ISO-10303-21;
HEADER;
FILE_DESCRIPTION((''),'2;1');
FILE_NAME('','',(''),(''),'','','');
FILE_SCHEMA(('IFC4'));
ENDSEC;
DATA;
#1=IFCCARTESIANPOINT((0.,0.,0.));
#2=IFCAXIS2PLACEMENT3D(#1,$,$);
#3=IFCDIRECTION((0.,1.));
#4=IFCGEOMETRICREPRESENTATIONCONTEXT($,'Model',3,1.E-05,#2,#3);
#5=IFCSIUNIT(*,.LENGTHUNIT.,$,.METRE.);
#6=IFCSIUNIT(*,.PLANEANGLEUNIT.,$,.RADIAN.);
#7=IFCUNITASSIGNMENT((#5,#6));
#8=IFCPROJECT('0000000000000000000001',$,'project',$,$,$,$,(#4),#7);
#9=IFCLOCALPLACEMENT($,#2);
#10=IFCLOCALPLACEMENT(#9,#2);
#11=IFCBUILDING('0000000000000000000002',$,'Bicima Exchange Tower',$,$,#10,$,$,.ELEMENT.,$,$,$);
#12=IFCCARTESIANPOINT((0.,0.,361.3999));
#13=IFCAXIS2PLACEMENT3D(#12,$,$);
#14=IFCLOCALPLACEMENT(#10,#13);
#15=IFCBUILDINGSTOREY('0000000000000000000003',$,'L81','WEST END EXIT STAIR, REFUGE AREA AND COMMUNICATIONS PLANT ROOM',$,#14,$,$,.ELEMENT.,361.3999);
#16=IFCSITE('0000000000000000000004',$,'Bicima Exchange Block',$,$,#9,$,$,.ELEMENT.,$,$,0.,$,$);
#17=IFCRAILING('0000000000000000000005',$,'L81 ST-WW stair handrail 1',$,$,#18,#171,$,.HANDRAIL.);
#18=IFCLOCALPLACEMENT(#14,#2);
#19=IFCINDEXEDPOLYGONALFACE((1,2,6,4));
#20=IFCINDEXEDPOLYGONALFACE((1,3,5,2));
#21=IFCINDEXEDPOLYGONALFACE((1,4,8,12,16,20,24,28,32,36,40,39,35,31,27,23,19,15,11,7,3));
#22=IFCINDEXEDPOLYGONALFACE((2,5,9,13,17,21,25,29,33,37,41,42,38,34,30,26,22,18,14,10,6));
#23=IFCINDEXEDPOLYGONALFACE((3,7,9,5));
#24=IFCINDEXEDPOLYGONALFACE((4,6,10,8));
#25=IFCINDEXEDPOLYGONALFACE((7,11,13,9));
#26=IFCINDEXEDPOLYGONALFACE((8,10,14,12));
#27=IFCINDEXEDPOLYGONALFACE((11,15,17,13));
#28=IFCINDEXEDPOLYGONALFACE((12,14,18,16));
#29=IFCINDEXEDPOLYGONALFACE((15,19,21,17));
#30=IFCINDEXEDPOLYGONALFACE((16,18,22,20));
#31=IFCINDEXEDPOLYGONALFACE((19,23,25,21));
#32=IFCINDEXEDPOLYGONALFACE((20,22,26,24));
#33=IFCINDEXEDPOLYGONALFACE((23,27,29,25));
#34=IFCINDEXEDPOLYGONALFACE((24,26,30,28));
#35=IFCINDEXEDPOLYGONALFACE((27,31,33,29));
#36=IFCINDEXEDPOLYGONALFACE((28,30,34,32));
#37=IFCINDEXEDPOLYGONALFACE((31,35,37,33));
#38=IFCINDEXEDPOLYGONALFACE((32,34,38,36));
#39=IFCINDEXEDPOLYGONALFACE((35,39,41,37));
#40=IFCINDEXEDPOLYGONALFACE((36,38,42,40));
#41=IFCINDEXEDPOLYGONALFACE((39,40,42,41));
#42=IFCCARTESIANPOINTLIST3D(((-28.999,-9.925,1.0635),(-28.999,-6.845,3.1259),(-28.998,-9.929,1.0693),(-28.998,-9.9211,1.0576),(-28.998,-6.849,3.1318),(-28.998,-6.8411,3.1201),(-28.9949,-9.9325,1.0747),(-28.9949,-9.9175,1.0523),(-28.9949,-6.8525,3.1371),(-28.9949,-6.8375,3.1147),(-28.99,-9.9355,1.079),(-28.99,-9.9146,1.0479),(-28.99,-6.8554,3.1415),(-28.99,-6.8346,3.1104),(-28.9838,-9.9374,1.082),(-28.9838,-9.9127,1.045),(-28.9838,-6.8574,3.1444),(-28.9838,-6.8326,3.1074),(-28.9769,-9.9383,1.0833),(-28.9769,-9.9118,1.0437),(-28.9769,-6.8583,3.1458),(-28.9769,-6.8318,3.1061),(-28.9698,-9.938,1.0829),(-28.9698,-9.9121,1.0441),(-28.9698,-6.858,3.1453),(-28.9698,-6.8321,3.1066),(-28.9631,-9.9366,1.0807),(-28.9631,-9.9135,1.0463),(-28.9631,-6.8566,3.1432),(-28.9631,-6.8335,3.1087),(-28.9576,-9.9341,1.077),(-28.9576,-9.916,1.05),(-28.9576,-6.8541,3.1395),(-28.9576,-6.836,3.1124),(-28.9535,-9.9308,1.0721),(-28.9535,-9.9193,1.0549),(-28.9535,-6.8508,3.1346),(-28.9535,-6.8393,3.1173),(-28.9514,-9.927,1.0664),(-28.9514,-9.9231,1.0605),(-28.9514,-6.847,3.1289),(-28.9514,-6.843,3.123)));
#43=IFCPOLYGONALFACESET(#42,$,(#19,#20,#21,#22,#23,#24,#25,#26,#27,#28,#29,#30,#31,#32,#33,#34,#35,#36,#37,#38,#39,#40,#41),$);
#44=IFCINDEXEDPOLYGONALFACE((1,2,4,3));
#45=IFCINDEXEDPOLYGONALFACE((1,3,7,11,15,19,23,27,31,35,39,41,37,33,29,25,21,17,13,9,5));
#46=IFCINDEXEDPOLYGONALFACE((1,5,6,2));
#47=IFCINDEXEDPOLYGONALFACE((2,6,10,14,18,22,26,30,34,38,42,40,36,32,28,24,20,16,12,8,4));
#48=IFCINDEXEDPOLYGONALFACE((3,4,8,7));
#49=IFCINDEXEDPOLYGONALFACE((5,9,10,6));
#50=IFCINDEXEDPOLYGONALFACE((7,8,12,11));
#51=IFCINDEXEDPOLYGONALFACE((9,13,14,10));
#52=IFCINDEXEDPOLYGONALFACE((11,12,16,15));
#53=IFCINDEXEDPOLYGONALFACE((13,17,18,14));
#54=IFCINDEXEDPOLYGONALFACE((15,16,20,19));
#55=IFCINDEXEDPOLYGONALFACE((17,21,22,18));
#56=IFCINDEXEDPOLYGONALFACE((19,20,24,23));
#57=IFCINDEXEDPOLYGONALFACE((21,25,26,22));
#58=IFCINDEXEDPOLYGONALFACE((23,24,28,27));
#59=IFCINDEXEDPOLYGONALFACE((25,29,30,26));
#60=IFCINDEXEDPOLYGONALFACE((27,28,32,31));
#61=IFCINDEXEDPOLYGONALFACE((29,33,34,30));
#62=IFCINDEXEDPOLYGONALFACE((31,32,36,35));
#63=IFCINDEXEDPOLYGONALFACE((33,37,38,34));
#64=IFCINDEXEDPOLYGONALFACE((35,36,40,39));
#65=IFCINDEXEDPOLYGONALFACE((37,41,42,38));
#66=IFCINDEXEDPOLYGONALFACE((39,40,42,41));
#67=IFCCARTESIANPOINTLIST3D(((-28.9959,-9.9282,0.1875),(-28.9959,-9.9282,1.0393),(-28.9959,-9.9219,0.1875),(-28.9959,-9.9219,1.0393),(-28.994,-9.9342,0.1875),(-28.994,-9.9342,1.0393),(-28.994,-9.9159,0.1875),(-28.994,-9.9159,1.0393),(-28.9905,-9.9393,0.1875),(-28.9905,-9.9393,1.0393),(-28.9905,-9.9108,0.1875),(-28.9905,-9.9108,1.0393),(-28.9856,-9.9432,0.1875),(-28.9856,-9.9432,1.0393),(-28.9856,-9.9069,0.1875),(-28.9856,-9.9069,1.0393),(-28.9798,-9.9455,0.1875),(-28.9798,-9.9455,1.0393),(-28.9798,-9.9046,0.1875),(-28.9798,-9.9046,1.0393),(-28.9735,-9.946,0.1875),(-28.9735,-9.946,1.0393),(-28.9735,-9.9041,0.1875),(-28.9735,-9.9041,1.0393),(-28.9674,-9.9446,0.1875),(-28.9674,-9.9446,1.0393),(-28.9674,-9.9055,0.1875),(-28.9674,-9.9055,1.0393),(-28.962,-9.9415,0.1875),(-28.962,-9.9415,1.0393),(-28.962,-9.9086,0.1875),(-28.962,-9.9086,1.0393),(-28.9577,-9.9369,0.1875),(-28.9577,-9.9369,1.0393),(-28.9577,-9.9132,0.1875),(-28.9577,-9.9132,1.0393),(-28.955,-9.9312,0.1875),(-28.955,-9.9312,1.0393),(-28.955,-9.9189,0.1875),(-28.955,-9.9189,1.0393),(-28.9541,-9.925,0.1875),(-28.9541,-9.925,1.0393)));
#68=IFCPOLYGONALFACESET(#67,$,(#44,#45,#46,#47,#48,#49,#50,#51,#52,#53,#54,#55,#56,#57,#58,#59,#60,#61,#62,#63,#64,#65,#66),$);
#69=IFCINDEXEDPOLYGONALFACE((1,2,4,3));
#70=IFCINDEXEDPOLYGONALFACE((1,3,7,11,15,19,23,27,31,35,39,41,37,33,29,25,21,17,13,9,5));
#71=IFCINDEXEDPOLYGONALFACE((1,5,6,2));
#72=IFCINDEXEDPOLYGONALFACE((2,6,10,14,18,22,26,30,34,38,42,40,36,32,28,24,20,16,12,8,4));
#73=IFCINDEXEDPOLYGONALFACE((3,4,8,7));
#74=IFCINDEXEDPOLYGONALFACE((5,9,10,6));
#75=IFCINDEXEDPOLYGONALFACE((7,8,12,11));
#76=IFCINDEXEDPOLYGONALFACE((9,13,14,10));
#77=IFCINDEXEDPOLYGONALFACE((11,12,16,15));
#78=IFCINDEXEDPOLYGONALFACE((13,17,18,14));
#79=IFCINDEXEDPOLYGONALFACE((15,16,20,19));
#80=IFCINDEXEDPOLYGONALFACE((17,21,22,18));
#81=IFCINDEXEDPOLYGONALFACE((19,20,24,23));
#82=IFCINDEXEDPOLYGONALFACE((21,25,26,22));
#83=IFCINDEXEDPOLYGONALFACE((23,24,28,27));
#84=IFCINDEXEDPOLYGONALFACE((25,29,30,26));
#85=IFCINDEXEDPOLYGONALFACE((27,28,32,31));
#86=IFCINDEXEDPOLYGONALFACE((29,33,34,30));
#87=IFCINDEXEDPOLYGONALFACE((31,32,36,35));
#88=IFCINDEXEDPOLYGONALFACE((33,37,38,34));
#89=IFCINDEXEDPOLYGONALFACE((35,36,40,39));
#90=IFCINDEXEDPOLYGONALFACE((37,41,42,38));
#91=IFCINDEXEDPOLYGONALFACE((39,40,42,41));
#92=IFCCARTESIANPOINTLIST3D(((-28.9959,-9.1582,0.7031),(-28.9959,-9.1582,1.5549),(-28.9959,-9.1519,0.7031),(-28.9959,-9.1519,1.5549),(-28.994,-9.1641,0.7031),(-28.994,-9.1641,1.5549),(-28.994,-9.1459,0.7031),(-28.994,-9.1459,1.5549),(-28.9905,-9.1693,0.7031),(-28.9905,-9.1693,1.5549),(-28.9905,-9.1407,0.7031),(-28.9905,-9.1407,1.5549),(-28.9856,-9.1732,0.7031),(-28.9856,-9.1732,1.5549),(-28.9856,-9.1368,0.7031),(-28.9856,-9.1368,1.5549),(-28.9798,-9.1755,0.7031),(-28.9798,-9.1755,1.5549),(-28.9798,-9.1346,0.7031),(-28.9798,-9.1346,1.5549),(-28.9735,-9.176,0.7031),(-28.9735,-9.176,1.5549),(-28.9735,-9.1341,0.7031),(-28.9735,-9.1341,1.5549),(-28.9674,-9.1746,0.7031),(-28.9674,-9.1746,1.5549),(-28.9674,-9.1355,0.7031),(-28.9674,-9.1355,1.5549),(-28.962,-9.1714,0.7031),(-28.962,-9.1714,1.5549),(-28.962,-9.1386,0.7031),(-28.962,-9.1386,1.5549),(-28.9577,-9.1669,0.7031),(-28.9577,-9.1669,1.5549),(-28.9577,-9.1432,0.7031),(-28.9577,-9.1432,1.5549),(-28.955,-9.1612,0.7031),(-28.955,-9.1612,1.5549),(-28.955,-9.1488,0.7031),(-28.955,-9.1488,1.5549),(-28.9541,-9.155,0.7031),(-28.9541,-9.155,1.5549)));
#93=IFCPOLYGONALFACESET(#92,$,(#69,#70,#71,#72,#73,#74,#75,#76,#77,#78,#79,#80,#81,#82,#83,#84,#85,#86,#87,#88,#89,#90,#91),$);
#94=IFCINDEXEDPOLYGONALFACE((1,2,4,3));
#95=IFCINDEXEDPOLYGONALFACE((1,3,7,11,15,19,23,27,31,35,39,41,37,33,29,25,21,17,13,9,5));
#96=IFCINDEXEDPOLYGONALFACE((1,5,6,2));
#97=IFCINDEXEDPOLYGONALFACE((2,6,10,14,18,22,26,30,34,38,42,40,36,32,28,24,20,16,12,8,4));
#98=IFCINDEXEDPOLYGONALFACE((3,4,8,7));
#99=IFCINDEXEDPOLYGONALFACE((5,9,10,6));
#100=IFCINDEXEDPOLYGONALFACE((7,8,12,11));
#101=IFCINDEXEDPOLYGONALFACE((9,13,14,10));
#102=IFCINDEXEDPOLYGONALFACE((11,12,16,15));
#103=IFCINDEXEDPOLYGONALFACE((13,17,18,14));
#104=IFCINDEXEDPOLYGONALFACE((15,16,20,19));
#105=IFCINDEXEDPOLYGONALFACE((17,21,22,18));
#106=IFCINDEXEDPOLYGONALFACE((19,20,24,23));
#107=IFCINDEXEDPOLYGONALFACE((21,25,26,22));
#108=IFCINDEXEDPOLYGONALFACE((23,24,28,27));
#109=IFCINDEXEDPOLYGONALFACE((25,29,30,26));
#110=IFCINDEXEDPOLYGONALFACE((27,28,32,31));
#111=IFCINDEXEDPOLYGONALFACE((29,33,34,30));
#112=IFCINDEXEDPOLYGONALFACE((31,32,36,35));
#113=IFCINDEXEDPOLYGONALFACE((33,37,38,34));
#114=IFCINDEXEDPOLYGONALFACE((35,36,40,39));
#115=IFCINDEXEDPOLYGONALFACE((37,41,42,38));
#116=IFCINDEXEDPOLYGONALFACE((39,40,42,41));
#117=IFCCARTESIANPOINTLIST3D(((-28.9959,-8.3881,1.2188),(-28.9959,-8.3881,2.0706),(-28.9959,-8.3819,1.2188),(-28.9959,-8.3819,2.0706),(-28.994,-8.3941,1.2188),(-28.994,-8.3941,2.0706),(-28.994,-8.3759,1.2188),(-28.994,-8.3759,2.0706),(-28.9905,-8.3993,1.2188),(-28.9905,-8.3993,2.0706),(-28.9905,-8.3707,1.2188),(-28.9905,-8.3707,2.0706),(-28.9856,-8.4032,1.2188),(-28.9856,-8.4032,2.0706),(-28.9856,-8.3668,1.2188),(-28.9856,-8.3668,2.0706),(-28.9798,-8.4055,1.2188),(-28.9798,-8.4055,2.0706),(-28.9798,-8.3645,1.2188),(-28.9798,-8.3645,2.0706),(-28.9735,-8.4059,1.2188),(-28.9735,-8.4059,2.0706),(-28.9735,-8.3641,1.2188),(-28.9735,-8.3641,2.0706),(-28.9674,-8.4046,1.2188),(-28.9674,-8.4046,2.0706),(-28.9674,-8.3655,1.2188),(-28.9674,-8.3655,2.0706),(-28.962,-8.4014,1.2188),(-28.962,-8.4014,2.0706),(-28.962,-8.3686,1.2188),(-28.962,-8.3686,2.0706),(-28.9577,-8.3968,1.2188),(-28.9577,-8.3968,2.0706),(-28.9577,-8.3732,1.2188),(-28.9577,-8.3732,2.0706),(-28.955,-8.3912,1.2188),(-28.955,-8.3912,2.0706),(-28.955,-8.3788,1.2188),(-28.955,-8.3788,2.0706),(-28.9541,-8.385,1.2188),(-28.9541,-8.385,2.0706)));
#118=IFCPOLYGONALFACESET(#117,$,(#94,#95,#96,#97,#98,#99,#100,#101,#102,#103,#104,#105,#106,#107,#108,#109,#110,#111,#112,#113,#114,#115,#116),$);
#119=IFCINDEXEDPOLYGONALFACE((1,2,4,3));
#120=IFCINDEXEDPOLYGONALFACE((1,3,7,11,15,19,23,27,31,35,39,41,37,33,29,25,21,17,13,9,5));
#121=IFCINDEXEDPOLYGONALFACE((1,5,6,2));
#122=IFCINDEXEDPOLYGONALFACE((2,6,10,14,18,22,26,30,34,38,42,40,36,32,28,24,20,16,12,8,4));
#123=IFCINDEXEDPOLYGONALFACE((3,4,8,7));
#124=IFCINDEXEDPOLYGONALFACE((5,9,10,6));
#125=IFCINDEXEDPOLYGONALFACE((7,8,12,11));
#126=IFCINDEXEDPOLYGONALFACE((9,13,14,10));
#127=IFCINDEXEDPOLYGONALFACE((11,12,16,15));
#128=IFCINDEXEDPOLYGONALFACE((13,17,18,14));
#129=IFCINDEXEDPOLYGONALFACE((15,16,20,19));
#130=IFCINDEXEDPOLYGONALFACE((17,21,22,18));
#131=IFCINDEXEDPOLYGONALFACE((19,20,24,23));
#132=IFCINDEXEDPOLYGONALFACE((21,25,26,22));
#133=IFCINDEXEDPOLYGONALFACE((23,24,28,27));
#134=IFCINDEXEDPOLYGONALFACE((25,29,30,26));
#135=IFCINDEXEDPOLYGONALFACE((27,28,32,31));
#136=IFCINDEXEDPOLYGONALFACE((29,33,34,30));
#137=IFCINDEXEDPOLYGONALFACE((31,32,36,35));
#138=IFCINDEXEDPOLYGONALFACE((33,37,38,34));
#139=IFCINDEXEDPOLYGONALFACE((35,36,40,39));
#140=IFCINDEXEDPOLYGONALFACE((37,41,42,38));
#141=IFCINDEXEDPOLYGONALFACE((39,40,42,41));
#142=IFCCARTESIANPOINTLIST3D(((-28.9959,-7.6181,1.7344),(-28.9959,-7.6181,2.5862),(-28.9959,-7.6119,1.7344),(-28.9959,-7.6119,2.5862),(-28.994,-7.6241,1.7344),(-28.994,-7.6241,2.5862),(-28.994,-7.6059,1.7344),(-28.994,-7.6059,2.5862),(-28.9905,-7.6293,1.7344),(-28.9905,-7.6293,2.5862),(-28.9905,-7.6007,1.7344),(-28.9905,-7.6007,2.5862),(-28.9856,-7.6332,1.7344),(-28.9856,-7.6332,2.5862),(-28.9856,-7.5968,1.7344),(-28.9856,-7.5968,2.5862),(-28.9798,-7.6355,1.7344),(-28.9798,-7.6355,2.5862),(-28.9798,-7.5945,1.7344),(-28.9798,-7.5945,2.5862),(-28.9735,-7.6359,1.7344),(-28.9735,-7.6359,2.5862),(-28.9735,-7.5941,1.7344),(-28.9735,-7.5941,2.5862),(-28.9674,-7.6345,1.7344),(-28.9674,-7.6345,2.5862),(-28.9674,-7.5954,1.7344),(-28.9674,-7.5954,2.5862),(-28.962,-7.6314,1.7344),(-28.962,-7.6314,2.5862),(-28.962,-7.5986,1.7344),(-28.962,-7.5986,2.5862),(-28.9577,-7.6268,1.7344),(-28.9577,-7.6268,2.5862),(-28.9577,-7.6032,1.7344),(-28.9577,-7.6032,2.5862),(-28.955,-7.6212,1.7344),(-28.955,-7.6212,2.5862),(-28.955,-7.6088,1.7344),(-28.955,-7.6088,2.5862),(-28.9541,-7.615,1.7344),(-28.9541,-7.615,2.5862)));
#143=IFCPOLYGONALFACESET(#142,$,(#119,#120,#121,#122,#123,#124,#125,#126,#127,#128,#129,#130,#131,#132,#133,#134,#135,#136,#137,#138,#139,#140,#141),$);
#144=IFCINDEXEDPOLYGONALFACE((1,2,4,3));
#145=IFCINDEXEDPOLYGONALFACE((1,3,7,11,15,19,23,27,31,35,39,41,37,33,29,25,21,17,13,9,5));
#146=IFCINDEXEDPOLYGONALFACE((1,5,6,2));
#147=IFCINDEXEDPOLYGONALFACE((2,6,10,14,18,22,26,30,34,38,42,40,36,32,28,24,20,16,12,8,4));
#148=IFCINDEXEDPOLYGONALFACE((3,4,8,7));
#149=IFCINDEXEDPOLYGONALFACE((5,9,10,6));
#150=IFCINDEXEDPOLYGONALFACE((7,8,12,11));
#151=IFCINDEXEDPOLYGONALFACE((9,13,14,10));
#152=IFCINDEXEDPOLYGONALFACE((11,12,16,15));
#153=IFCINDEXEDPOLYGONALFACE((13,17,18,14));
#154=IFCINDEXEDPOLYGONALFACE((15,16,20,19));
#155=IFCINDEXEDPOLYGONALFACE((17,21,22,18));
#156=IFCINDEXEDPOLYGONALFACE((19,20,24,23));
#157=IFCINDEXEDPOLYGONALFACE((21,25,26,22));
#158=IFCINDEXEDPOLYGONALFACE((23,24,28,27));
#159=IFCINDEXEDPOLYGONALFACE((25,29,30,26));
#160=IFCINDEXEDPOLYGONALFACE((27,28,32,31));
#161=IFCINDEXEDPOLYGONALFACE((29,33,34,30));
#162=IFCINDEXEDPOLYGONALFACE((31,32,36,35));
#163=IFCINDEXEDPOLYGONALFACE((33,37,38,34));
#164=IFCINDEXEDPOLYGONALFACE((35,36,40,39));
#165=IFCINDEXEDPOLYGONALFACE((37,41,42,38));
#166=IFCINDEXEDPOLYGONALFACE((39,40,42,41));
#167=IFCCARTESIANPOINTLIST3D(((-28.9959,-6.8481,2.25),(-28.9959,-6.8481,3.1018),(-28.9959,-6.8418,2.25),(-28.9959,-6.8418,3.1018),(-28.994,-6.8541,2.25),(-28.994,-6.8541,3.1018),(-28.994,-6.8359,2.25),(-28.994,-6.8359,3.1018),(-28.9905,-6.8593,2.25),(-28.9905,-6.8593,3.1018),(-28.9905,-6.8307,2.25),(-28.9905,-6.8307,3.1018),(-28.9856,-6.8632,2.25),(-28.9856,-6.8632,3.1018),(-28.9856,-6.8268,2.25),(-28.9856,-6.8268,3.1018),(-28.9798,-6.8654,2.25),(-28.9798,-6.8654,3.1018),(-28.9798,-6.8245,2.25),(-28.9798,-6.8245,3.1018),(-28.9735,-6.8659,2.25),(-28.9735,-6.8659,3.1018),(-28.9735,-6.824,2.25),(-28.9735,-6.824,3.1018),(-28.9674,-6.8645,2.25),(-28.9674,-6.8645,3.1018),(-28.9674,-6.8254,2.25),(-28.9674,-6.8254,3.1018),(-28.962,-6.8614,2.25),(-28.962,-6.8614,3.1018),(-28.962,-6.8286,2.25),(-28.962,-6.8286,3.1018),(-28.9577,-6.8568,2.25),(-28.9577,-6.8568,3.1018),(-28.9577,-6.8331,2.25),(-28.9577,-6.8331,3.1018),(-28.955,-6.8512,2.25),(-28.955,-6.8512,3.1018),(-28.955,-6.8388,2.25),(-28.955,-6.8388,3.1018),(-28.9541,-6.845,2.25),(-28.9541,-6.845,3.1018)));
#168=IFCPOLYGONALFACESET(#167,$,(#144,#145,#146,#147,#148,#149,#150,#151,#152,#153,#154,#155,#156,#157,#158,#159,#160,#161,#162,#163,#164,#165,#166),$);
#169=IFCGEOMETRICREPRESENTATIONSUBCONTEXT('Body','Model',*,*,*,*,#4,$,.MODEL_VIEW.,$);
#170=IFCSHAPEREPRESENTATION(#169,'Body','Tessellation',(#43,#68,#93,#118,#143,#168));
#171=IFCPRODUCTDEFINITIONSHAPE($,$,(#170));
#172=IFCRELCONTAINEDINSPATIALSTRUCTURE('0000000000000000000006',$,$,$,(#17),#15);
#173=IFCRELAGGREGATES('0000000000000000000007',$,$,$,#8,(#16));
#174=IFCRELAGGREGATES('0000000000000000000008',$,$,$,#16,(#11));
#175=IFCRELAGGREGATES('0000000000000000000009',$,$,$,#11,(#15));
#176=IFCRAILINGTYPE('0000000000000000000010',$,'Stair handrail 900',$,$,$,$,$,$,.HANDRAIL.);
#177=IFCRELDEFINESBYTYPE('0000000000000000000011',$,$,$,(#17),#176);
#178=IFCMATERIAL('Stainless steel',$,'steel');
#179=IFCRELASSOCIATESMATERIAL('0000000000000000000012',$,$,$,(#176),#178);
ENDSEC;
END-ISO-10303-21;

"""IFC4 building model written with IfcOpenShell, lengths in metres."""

from ifc_helpers import new_model, si_unit, direction, frame, origin, origin_2d, place, context, subcontext, project, spatial, circle, extrude, material, type_object, element, save


model = new_model("IFC4")

# Units and contexts
model_context = context("Model", 3, precision=1e-05, world=origin(), true_north=direction((0.0, 1.0)))
body_context = subcontext(model_context, "Body", "Model", "MODEL_VIEW")
ifc_project = project(units=[si_unit("LENGTHUNIT", "METRE"), si_unit("PLANEANGLEUNIT", "RADIAN")], contexts=[model_context])

# Site, building, storey
site_placement = place(None, origin())
site = spatial("IfcSite", under=ifc_project, at=site_placement, Name="Bicima Exchange Block", CompositionType="ELEMENT", RefElevation=0.0)
building_placement = place(site_placement, origin())
building = spatial("IfcBuilding", under=site, at=building_placement, Name="Bicima Exchange Tower", CompositionType="ELEMENT")
storey_placement = place(building_placement, frame((0.0, 0.0, 361.3999)))
storey = spatial("IfcBuildingStorey", under=building, at=storey_placement, Name="L81", Description="WEST END EXIT STAIR, REFUGE AREA AND COMMUNICATIONS PLANT ROOM", CompositionType="ELEMENT", Elevation=361.3999)

# Railing
ifc_material_1 = material(Name="Stainless steel", Category="steel")
railing_type_1 = type_object("IfcRailingType", Name="Stair handrail 900", PredefinedType="HANDRAIL", material=ifc_material_1)
railing_1_placement = place(storey_placement, frame((-28.9751, -9.925, 0.1875)))
element("IfcRailing", 1, at=railing_1_placement, inside=storey, type_object=railing_type_1, Name="L81 ST-WW stair handrail 1", PredefinedType="HANDRAIL", context=body_context, shape_type="SweptSolid", body=[
    extrude(circle(Radius=0.0239, at=origin_2d()), frame((0.0, 0.0, 0.876), z_axis=(0.0, 0.830914, 0.556401), x_axis=(-1.0, 0.0, 0.0)), (0.0, 0.0, 1.0), 3.7068),
    extrude(circle(Radius=0.021, at=origin_2d()), origin(), (0.0, 0.0, 1.0), 0.8518),
    extrude(circle(Radius=0.021, at=origin_2d()), frame((0.0, 0.77, 0.5156)), (0.0, 0.0, 1.0), 0.8518),
    extrude(circle(Radius=0.021, at=origin_2d()), frame((0.0, 1.54, 1.0312)), (0.0, 0.0, 1.0), 0.8518),
    extrude(circle(Radius=0.021, at=origin_2d()), frame((0.0, 2.3101, 1.5469)), (0.0, 0.0, 1.0), 0.8518),
    extrude(circle(Radius=0.021, at=origin_2d()), frame((0.0, 3.0801, 2.0625)), (0.0, 0.0, 1.0), 0.8518),
])

save(model, "model.ifc")
